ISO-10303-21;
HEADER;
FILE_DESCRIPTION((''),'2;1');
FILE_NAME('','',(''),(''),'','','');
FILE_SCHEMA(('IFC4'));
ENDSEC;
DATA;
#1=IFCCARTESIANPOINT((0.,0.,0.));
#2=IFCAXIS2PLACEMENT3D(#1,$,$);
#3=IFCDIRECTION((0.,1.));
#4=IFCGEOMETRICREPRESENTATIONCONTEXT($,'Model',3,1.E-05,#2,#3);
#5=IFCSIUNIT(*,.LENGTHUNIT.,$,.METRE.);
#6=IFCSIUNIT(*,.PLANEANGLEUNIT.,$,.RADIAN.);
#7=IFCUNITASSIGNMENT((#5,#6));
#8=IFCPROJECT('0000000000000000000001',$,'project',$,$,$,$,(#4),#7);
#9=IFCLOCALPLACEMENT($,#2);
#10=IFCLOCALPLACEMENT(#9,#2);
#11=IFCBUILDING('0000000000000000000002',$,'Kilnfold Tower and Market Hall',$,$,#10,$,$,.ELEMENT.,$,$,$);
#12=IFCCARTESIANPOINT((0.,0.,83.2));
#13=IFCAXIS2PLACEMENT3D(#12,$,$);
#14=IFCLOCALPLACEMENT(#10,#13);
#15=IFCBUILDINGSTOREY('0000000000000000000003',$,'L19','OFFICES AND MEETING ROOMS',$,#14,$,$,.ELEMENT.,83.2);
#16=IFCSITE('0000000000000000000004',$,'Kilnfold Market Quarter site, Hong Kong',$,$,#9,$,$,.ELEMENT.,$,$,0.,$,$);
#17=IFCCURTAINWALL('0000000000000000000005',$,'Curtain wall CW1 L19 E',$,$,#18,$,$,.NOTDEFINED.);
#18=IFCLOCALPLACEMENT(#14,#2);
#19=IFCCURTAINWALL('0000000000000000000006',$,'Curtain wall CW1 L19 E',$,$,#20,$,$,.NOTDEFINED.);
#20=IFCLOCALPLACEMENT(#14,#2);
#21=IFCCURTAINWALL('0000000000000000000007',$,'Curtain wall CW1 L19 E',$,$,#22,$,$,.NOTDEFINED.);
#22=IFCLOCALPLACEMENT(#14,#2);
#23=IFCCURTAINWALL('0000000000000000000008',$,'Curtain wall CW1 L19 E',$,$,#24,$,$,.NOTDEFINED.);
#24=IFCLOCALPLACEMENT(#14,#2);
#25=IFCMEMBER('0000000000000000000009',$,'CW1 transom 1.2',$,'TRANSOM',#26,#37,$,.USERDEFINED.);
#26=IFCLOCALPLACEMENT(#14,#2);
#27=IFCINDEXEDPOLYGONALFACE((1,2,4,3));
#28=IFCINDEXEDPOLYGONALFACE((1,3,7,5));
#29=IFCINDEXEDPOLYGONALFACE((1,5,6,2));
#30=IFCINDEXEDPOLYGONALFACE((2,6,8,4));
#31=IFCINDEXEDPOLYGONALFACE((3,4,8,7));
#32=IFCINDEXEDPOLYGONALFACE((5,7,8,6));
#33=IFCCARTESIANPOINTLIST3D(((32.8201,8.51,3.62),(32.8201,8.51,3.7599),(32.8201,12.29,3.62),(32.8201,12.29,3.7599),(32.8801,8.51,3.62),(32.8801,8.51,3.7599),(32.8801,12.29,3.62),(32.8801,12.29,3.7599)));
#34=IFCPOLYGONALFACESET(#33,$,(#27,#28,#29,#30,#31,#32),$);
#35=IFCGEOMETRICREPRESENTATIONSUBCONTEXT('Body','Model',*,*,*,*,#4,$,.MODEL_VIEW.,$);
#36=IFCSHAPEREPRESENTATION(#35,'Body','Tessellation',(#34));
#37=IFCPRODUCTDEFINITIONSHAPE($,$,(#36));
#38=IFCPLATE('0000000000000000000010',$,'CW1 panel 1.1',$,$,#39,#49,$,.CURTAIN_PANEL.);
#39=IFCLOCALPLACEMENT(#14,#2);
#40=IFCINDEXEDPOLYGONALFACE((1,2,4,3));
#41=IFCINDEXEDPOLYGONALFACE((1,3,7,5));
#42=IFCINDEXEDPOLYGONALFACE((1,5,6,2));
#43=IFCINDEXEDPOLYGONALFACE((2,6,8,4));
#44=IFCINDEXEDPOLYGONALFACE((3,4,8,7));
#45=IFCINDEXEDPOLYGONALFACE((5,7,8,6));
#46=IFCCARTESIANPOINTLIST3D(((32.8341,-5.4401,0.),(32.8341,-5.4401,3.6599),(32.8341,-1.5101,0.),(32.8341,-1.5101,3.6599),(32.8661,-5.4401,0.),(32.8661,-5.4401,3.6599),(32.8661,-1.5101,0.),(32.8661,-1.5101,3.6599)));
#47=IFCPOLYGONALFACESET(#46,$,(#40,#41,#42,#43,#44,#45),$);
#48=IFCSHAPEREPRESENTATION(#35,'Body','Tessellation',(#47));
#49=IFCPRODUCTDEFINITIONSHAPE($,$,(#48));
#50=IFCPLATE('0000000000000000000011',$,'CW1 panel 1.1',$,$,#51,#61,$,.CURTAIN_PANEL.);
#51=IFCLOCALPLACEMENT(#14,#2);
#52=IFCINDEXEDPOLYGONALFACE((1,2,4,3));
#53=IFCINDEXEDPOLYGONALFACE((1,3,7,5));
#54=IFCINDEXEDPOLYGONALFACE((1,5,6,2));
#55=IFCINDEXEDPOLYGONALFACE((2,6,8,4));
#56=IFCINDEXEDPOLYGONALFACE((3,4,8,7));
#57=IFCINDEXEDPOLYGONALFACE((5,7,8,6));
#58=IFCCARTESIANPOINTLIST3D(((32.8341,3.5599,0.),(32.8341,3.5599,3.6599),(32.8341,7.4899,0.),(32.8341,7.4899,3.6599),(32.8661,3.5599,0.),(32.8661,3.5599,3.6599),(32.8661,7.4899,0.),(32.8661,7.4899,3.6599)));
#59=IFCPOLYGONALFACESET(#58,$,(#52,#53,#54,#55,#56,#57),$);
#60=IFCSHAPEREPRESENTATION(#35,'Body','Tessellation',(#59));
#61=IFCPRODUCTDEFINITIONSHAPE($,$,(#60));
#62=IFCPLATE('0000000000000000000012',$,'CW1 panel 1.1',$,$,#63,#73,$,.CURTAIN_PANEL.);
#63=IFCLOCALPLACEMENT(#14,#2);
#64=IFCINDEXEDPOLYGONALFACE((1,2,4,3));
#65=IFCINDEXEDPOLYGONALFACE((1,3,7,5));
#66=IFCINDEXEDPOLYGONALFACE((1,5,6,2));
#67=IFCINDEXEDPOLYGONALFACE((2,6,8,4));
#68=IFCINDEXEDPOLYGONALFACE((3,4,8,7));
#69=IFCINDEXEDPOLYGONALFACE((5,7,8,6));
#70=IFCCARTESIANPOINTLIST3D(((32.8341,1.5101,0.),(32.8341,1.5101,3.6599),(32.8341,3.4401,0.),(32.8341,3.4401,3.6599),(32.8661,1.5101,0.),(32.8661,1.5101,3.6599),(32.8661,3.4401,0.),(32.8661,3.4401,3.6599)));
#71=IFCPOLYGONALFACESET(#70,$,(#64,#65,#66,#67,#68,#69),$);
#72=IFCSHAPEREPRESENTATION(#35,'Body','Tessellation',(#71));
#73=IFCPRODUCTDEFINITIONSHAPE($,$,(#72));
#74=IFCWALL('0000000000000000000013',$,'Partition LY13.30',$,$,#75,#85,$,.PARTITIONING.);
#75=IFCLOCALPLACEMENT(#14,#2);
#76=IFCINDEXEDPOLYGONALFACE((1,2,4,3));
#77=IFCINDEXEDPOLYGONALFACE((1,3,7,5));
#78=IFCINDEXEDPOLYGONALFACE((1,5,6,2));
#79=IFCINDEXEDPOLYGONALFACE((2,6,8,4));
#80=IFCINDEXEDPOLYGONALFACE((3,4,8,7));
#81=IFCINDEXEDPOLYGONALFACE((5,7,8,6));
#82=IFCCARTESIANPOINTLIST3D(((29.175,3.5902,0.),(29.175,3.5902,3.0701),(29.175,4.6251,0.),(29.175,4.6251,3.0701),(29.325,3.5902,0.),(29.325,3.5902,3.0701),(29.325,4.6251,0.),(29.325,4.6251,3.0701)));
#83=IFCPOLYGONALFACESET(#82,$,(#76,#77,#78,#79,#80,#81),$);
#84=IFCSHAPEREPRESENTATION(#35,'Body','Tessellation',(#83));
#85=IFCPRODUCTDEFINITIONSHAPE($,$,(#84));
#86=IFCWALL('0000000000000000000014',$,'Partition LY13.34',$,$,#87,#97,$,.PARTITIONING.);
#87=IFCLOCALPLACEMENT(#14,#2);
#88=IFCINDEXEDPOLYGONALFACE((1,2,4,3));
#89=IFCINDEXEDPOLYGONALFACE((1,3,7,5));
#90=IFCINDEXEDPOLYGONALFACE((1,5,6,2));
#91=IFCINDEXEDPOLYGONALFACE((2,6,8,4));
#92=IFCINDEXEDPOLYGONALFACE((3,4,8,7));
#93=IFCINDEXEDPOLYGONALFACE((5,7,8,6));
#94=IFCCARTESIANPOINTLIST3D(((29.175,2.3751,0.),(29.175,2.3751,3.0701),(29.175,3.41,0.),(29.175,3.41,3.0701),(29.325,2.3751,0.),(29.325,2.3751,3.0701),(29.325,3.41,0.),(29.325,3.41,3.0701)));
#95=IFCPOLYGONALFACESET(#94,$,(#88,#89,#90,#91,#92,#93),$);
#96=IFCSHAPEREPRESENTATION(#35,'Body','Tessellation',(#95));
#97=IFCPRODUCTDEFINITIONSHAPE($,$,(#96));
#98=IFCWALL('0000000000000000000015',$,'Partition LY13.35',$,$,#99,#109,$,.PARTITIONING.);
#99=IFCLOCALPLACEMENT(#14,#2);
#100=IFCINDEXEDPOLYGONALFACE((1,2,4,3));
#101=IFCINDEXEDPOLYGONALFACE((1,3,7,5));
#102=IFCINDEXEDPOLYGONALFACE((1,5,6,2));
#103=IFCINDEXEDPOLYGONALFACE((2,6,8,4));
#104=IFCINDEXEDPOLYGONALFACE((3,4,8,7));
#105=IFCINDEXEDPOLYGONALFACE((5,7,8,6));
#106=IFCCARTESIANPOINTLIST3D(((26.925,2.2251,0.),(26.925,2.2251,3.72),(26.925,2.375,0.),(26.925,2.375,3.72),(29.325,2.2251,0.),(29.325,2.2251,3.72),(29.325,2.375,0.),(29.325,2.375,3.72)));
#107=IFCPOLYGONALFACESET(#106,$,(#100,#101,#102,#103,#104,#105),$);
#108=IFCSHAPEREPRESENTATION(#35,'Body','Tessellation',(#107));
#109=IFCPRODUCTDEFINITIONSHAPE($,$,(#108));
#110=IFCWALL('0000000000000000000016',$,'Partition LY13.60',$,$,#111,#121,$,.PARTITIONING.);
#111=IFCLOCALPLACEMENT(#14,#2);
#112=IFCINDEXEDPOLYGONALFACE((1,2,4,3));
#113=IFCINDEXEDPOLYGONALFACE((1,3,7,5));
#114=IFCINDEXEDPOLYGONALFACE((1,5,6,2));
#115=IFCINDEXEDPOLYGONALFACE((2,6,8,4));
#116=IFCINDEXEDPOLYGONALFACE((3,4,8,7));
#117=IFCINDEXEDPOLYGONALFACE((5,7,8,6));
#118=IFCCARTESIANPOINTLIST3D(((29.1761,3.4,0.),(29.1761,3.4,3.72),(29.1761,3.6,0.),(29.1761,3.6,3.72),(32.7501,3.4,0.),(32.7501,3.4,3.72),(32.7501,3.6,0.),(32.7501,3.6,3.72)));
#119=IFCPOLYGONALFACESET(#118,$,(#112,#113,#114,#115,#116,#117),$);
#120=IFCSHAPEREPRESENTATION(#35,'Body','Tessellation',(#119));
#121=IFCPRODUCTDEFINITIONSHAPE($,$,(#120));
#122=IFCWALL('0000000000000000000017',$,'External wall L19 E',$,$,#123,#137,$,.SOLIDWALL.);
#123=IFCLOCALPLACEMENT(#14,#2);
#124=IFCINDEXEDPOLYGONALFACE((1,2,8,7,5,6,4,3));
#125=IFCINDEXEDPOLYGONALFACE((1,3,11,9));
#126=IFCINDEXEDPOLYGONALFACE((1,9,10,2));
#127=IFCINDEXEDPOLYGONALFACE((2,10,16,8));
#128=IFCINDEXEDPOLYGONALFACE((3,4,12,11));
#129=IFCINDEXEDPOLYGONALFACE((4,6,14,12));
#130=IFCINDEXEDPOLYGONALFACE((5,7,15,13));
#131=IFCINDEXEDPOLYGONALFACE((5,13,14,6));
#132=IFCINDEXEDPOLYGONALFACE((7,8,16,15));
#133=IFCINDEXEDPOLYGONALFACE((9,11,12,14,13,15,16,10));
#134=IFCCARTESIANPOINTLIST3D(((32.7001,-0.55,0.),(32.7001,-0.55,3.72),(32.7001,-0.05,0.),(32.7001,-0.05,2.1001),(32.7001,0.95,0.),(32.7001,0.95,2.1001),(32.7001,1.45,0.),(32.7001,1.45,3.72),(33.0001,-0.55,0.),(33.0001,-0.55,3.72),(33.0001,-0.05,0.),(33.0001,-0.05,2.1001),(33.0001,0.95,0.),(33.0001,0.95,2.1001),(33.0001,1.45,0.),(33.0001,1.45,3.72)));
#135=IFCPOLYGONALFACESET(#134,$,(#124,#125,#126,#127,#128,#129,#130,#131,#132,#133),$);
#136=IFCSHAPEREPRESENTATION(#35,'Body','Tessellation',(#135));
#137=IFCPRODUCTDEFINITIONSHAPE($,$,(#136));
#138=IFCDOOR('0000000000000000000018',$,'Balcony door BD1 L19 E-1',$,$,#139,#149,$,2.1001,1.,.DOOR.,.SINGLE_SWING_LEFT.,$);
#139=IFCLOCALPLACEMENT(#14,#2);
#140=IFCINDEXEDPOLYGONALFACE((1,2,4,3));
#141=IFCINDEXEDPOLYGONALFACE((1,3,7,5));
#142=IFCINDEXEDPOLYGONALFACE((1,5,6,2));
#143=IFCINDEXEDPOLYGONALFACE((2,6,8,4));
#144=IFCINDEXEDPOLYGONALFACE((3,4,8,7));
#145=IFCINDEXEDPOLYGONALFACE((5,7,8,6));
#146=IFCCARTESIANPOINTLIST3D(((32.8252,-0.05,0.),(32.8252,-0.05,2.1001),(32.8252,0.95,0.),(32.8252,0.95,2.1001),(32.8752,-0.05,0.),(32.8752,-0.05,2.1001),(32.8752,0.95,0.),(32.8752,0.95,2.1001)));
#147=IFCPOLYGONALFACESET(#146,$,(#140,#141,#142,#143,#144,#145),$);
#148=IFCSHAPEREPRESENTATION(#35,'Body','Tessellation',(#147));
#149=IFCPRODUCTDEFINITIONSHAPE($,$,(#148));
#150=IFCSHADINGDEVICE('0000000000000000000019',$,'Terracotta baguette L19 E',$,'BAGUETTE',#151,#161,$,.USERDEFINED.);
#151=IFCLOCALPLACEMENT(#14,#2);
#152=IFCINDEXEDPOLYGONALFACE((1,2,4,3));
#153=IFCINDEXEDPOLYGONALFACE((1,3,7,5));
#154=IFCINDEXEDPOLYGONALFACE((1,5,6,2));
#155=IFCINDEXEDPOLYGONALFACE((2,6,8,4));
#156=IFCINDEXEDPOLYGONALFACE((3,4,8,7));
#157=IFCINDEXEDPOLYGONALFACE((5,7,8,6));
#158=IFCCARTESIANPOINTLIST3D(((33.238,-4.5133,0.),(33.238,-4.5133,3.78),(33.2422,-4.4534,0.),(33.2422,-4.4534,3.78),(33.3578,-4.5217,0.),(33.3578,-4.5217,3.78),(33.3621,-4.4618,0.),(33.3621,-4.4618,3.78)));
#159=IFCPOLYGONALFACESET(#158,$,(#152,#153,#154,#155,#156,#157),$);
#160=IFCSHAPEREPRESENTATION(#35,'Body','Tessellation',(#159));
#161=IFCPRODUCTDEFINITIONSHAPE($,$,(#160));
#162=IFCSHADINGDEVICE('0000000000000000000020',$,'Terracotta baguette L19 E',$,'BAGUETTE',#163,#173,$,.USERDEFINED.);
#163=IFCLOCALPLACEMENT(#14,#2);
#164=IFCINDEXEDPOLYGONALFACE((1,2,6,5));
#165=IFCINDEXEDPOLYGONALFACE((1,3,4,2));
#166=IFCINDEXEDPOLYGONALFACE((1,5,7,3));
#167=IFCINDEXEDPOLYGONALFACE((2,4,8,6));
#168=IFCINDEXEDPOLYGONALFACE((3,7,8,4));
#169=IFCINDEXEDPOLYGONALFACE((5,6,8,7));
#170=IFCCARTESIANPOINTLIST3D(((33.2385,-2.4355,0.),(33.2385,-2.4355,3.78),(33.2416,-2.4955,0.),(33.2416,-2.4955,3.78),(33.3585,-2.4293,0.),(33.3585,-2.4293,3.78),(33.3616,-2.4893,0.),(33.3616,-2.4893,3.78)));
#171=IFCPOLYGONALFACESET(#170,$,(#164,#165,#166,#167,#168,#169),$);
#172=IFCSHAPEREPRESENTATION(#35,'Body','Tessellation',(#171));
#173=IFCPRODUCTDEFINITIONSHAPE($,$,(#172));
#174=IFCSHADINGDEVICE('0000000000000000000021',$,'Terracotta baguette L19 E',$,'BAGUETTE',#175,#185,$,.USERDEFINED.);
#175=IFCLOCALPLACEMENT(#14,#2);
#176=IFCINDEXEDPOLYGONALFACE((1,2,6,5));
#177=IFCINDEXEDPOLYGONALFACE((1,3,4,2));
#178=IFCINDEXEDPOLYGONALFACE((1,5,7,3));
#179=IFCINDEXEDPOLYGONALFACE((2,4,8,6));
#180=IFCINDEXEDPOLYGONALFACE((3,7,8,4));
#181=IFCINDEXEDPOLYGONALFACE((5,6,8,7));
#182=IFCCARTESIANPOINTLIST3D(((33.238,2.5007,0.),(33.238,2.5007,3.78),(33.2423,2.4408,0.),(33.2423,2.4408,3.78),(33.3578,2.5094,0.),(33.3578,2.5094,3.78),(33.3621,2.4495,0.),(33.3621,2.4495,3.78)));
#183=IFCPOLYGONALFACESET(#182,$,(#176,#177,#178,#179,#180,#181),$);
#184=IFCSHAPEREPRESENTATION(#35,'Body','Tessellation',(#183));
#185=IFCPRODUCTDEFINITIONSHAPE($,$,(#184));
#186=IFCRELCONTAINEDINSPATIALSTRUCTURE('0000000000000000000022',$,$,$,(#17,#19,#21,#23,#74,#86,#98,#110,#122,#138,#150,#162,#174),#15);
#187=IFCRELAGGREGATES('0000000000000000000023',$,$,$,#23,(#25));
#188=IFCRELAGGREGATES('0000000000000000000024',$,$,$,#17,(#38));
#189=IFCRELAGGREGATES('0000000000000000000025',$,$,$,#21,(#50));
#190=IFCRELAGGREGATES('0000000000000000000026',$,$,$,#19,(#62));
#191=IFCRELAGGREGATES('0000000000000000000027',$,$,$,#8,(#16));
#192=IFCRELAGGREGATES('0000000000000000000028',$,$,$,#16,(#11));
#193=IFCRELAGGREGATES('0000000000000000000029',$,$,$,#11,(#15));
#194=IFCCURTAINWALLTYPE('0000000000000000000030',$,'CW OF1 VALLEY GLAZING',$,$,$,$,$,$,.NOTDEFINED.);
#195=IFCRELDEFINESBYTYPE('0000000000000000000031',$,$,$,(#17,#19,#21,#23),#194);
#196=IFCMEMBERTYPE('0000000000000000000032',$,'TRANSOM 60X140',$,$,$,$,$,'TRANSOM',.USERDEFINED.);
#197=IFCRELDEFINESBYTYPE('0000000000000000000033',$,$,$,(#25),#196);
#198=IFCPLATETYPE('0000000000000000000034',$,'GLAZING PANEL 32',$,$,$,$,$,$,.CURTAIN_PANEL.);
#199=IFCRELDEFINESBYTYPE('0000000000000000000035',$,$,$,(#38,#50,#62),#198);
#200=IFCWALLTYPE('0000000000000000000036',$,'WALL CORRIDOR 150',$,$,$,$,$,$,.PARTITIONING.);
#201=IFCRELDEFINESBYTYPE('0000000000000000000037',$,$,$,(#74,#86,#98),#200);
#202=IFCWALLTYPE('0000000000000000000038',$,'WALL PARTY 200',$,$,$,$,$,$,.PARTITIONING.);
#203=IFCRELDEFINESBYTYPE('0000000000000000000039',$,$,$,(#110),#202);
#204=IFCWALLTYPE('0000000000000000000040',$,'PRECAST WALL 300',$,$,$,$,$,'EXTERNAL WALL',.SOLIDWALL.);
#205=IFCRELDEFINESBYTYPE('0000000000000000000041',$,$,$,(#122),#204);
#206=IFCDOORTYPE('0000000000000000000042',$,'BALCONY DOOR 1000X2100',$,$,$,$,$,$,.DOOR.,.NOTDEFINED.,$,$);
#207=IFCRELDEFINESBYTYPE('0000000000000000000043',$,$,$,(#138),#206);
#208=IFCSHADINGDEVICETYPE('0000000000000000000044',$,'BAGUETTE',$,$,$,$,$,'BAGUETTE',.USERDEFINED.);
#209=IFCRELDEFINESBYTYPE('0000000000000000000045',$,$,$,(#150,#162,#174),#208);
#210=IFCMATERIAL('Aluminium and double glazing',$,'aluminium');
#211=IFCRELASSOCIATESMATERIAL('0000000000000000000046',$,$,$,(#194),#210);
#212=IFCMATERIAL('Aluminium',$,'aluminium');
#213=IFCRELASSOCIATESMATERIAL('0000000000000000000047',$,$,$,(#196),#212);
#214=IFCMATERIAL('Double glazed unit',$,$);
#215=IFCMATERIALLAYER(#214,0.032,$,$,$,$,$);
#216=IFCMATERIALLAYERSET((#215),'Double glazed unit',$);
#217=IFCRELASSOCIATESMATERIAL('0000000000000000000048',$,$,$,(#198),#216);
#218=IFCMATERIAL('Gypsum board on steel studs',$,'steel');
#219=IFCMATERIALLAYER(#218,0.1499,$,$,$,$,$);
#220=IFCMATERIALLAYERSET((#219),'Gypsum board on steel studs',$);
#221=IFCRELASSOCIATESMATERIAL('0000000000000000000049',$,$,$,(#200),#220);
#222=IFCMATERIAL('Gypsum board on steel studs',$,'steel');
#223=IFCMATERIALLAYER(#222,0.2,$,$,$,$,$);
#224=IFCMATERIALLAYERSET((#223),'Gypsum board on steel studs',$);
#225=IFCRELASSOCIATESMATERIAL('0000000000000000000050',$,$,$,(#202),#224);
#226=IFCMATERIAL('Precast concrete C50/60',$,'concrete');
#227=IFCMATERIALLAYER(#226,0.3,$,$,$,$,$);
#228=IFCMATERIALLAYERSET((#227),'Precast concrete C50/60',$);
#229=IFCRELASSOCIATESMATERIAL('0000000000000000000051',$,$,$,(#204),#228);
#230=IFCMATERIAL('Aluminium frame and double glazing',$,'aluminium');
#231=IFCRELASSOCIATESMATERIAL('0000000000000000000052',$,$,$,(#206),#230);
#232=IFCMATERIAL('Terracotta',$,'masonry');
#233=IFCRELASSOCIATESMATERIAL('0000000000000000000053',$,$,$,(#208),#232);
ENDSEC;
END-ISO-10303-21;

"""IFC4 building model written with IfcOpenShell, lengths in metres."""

from ifc_helpers import new_model, si_unit, direction, frame, frame_2d, origin, origin_2d, place, context, subcontext, project, spatial, rectangle, extrude, source, transform, mapped, material, layer, layer_set, material_profile, profile_set, type_object, element, fill, aggregate, save


model = new_model("IFC4")

# Units and contexts
model_context = context("Model", 3, precision=1e-05, world=origin(), true_north=direction((0.0, 1.0)))
body_context = subcontext(model_context, "Body", "Model", "MODEL_VIEW")
ifc_project = project(units=[si_unit("LENGTHUNIT", "METRE"), si_unit("PLANEANGLEUNIT", "RADIAN")], contexts=[model_context])

# Site, building, storey
site_placement = place(None, origin())
site = spatial("IfcSite", under=ifc_project, at=site_placement, Name="Kilnfold Market Quarter site, Hong Kong", CompositionType="ELEMENT", RefElevation=0.0)
building_placement = place(site_placement, origin())
building = spatial("IfcBuilding", under=site, at=building_placement, Name="Kilnfold Tower and Market Hall", CompositionType="ELEMENT")
storey_placement = place(building_placement, frame((0.0, 0.0, 83.2)))
storey = spatial("IfcBuildingStorey", under=building, at=storey_placement, Name="L19", Description="OFFICES AND MEETING ROOMS", CompositionType="ELEMENT", Elevation=83.2)

# Curtain walls
ifc_material_1 = material(Name="Aluminium and double glazing", Category="aluminium")
curtain_wall_type = type_object("IfcCurtainWallType", Name="CW OF1 VALLEY GLAZING", PredefinedType="NOTDEFINED", material=ifc_material_1)
curtain_wall_1_placement = place(storey_placement, origin())
curtain_wall_1 = element("IfcCurtainWall", 1, at=curtain_wall_1_placement, inside=storey, type_object=curtain_wall_type, Name="Curtain wall CW1 L19 E", PredefinedType="NOTDEFINED")
curtain_wall_2_placement = place(storey_placement, origin())
curtain_wall_2 = element("IfcCurtainWall", 2, at=curtain_wall_2_placement, inside=storey, type_object=curtain_wall_type, Name="Curtain wall CW1 L19 E", PredefinedType="NOTDEFINED")
curtain_wall_3_placement = place(storey_placement, origin())
curtain_wall_3 = element("IfcCurtainWall", 3, at=curtain_wall_3_placement, inside=storey, type_object=curtain_wall_type, Name="Curtain wall CW1 L19 E", PredefinedType="NOTDEFINED")

# Curtain wall
curtain_wall_4_placement = place(storey_placement, origin())
curtain_wall_4 = element("IfcCurtainWall", 4, at=curtain_wall_4_placement, inside=storey, type_object=curtain_wall_type, Name="Curtain wall CW1 L19 E", PredefinedType="NOTDEFINED")

# Member
ifc_material_2 = material(Name="Aluminium", Category="aluminium")
ifc_material_profile_1 = material_profile(ifc_material_2, rectangle(XDim=0.0601, YDim=0.1399, at=origin_2d()), Name="TRANSOM 60x140")
ifc_profile_set_1 = profile_set([ifc_material_profile_1], Name="Aluminium")
member_type_1 = type_object("IfcMemberType", Name="TRANSOM 60X140", ElementType="TRANSOM", PredefinedType="USERDEFINED", material=ifc_profile_set_1)
shared_shape_1 = source(origin(), body_context, "Body", "SweptSolid", [
    extrude(rectangle(XDim=0.0601, YDim=0.1399, at=origin_2d()), origin(), (0.0, 0.0, 1.0), 3.78),
])
member_1_placement = place(storey_placement, frame((32.8501, 8.51, 3.6899), z_axis=(0.0, 1.0, 0.0), x_axis=(-1.0, 0.0, 0.0)))
member_1 = element("IfcMember", 5, at=member_1_placement, type_object=member_type_1, Name="CW1 transom 1.2", ObjectType="TRANSOM", PredefinedType="USERDEFINED", context=body_context, shape_type="MappedRepresentation", body=[
    mapped(shared_shape_1, transform((0.0, 0.0, 0.0))),
])
aggregate(curtain_wall_4, [member_1])

# Plates
ifc_material_3 = material(Name="Double glazed unit")
ifc_layer_1 = layer(ifc_material_3, 0.032)
ifc_layer_set_1 = layer_set([ifc_layer_1], Name="Double glazed unit")
plate_type = type_object("IfcPlateType", Name="GLAZING PANEL 32", PredefinedType="CURTAIN_PANEL", material=ifc_layer_set_1)
shared_shape_2 = source(origin(), body_context, "Body", "SweptSolid", [
    extrude(rectangle(XDim=3.9299, YDim=0.032, at=origin_2d()), origin(), (0.0, 0.0, 1.0), 3.6599),
])
plate_1_placement = place(storey_placement, frame((32.8501, -3.4751, 0.0), z_axis=(0.0, 0.0, 1.0), x_axis=(0.0, 1.0, 0.0)))
plate_1 = element("IfcPlate", 6, at=plate_1_placement, type_object=plate_type, Name="CW1 panel 1.1", PredefinedType="CURTAIN_PANEL", context=body_context, shape_type="MappedRepresentation", body=[
    mapped(shared_shape_2, transform((0.0, 0.0, 0.0))),
])
aggregate(curtain_wall_1, [plate_1])
plate_2_placement = place(storey_placement, frame((32.8501, 5.5249, 0.0), z_axis=(0.0, 0.0, 1.0), x_axis=(0.0, 1.0, 0.0)))
plate_2 = element("IfcPlate", 7, at=plate_2_placement, type_object=plate_type, Name="CW1 panel 1.1", PredefinedType="CURTAIN_PANEL", context=body_context, shape_type="MappedRepresentation", body=[
    mapped(shared_shape_2, transform((0.0, 0.0, 0.0))),
])
aggregate(curtain_wall_3, [plate_2])
shared_shape_3 = source(origin(), body_context, "Body", "SweptSolid", [
    extrude(rectangle(XDim=1.9299, YDim=0.032, at=origin_2d()), origin(), (0.0, 0.0, 1.0), 3.6599),
])
plate_3_placement = place(storey_placement, frame((32.8501, 2.4751, 0.0), z_axis=(0.0, 0.0, 1.0), x_axis=(0.0, 1.0, 0.0)))
plate_3 = element("IfcPlate", 8, at=plate_3_placement, type_object=plate_type, Name="CW1 panel 1.1", PredefinedType="CURTAIN_PANEL", context=body_context, shape_type="MappedRepresentation", body=[
    mapped(shared_shape_3, transform((0.0, 0.0, 0.0))),
])
aggregate(curtain_wall_2, [plate_3])

# Walls
ifc_material_4 = material(Name="Gypsum board on steel studs", Category="steel")
ifc_layer_2 = layer(ifc_material_4, 0.1499)
ifc_layer_set_2 = layer_set([ifc_layer_2], Name="Gypsum board on steel studs")
wall_type_1 = type_object("IfcWallType", Name="WALL CORRIDOR 150", PredefinedType="PARTITIONING", material=ifc_layer_set_2)
for number, where, z_axis, x_axis, name in (
    (9, (29.25, 3.5901, 0.0), (0.0, 0.0, 1.0), (0.0, 1.0, 0.0), "Partition LY13.30"),
    (10, (29.25, 2.375, 0.0), (0.0, 0.0, 1.0), (0.0, 1.0, 0.0), "Partition LY13.34"),
):
    element("IfcWall", number, at=place(storey_placement, frame(where, z_axis=z_axis, x_axis=x_axis)), inside=storey, type_object=wall_type_1, Name=name, PredefinedType="PARTITIONING", context=body_context, shape_type="SweptSolid", body=[
        extrude(rectangle(XDim=1.0349, YDim=0.1499, at=frame_2d((0.5176, 0.0))), origin(), (0.0, 0.0, 1.0), 3.0701),
    ])
wall_1_placement = place(storey_placement, frame((26.925, 2.3, 0.0), z_axis=(0.0, 0.0, 1.0), x_axis=(1.0, 0.0, 0.0)))
element("IfcWall", 11, at=wall_1_placement, inside=storey, type_object=wall_type_1, Name="Partition LY13.35", PredefinedType="PARTITIONING", context=body_context, shape_type="SweptSolid", body=[
    extrude(rectangle(XDim=2.3999, YDim=0.1499, at=frame_2d((1.2, 0.0))), origin(), (0.0, 0.0, 1.0), 3.72),
])
ifc_material_5 = material(Name="Gypsum board on steel studs", Category="steel")
ifc_layer_3 = layer(ifc_material_5, 0.2)
ifc_layer_set_3 = layer_set([ifc_layer_3], Name="Gypsum board on steel studs")
wall_type_2 = type_object("IfcWallType", Name="WALL PARTY 200", PredefinedType="PARTITIONING", material=ifc_layer_set_3)
wall_2_placement = place(storey_placement, frame((29.176, 3.5, 0.0), z_axis=(0.0, 0.0, 1.0), x_axis=(1.0, 0.0, 0.0)))
element("IfcWall", 12, at=wall_2_placement, inside=storey, type_object=wall_type_2, Name="Partition LY13.60", PredefinedType="PARTITIONING", context=body_context, shape_type="SweptSolid", body=[
    extrude(rectangle(XDim=3.574, YDim=0.2, at=frame_2d((1.7871, 0.0))), origin(), (0.0, 0.0, 1.0), 3.72),
])

# Wall, opening, door
ifc_material_6 = material(Name="Precast concrete C50/60", Category="concrete")
ifc_layer_4 = layer(ifc_material_6, 0.3)
ifc_layer_set_4 = layer_set([ifc_layer_4], Name="Precast concrete C50/60")
wall_type_3 = type_object("IfcWallType", Name="PRECAST WALL 300", ElementType="EXTERNAL WALL", PredefinedType="SOLIDWALL", material=ifc_layer_set_4)
shared_shape_4 = source(origin(), body_context, "Body", "SweptSolid", [
    extrude(rectangle(XDim=2.0, YDim=0.3, at=frame_2d((1.0, 0.0))), origin(), (0.0, 0.0, 1.0), 3.72),
])
wall_3_placement = place(storey_placement, frame((32.8501, -0.55, 0.0), z_axis=(0.0, 0.0, 1.0), x_axis=(0.0, 1.0, 0.0)))
wall_3 = element("IfcWall", 13, at=wall_3_placement, inside=storey, type_object=wall_type_3, Name="External wall L19 E", PredefinedType="SOLIDWALL", context=body_context, shape_type="MappedRepresentation", body=[
    mapped(shared_shape_4, transform((0.0, 0.0, 0.0))),
])
opening_placement = place(wall_3_placement, frame((0.5, 0.0, 0.0)))
opening = element("IfcOpeningElement", 14, at=opening_placement, cuts=wall_3, PredefinedType="OPENING", context=body_context, shape_type="SweptSolid", body=[
    extrude(rectangle(XDim=1.0, YDim=2.1001, at=frame_2d((0.5, 1.05))), frame((0.0, 0.1602, 0.0), z_axis=(0.0, -1.0, 0.0), x_axis=(1.0, 0.0, 0.0)), (0.0, 0.0, 1.0), 0.3201),
])
ifc_material_7 = material(Name="Aluminium frame and double glazing", Category="aluminium")
door_type = type_object("IfcDoorType", Name="BALCONY DOOR 1000X2100", OperationType="NOTDEFINED", PredefinedType="DOOR", material=ifc_material_7)
door_placement = place(opening_placement, origin())
door = element("IfcDoor", 15, at=door_placement, inside=storey, type_object=door_type, Name="Balcony door BD1 L19 E-1", OperationType="SINGLE_SWING_LEFT", OverallHeight=2.1001, OverallWidth=1.0, PredefinedType="DOOR", context=body_context, shape_type="SweptSolid", body=[
    extrude(rectangle(XDim=1.0, YDim=2.1001, at=frame_2d((0.5, 1.05))), frame((0.0, 0.0249, 0.0), z_axis=(0.0, -1.0, 0.0), x_axis=(1.0, 0.0, 0.0)), (0.0, 0.0, 1.0), 0.05),
])
fill(opening, door)

# Shading devices
ifc_material_8 = material(Name="Terracotta", Category="masonry")
ifc_material_profile_2 = material_profile(ifc_material_8, rectangle(XDim=0.0601, YDim=0.1201, at=origin_2d()), Name="BAG 60x120")
ifc_profile_set_2 = profile_set([ifc_material_profile_2], Name="Terracotta")
shading_device_type = type_object("IfcShadingDeviceType", Name="BAGUETTE", ElementType="BAGUETTE", PredefinedType="USERDEFINED", material=ifc_profile_set_2)
shared_shape_5 = source(origin(), body_context, "Body", "SweptSolid", [
    extrude(rectangle(XDim=0.0601, YDim=0.1201, at=origin_2d()), origin(), (0.0, 0.0, 1.0), 3.78),
])
for number, where, z_axis, x_axis, name in (
    (16, (33.3, -4.4875, 0.0), (0.0, 0.0, 1.0), (0.070247, 0.99753, 0.0), "Terracotta baguette L19 E"),
    (17, (33.3, -2.4624, 0.0), (0.0, 0.0, 1.0), (-0.051914, 0.998652, 0.0), "Terracotta baguette L19 E"),
    (18, (33.3, 2.4751, 0.0), (0.0, 0.0, 1.0), (-0.072263, 0.997386, 0.0), "Terracotta baguette L19 E"),
):
    element("IfcShadingDevice", number, at=place(storey_placement, frame(where, z_axis=z_axis, x_axis=x_axis)), inside=storey, type_object=shading_device_type, Name=name, ObjectType="BAGUETTE", PredefinedType="USERDEFINED", context=body_context, shape_type="MappedRepresentation", body=[
        mapped(shared_shape_5, transform((0.0, 0.0, 0.0))),
    ])

save(model, "model.ifc")
